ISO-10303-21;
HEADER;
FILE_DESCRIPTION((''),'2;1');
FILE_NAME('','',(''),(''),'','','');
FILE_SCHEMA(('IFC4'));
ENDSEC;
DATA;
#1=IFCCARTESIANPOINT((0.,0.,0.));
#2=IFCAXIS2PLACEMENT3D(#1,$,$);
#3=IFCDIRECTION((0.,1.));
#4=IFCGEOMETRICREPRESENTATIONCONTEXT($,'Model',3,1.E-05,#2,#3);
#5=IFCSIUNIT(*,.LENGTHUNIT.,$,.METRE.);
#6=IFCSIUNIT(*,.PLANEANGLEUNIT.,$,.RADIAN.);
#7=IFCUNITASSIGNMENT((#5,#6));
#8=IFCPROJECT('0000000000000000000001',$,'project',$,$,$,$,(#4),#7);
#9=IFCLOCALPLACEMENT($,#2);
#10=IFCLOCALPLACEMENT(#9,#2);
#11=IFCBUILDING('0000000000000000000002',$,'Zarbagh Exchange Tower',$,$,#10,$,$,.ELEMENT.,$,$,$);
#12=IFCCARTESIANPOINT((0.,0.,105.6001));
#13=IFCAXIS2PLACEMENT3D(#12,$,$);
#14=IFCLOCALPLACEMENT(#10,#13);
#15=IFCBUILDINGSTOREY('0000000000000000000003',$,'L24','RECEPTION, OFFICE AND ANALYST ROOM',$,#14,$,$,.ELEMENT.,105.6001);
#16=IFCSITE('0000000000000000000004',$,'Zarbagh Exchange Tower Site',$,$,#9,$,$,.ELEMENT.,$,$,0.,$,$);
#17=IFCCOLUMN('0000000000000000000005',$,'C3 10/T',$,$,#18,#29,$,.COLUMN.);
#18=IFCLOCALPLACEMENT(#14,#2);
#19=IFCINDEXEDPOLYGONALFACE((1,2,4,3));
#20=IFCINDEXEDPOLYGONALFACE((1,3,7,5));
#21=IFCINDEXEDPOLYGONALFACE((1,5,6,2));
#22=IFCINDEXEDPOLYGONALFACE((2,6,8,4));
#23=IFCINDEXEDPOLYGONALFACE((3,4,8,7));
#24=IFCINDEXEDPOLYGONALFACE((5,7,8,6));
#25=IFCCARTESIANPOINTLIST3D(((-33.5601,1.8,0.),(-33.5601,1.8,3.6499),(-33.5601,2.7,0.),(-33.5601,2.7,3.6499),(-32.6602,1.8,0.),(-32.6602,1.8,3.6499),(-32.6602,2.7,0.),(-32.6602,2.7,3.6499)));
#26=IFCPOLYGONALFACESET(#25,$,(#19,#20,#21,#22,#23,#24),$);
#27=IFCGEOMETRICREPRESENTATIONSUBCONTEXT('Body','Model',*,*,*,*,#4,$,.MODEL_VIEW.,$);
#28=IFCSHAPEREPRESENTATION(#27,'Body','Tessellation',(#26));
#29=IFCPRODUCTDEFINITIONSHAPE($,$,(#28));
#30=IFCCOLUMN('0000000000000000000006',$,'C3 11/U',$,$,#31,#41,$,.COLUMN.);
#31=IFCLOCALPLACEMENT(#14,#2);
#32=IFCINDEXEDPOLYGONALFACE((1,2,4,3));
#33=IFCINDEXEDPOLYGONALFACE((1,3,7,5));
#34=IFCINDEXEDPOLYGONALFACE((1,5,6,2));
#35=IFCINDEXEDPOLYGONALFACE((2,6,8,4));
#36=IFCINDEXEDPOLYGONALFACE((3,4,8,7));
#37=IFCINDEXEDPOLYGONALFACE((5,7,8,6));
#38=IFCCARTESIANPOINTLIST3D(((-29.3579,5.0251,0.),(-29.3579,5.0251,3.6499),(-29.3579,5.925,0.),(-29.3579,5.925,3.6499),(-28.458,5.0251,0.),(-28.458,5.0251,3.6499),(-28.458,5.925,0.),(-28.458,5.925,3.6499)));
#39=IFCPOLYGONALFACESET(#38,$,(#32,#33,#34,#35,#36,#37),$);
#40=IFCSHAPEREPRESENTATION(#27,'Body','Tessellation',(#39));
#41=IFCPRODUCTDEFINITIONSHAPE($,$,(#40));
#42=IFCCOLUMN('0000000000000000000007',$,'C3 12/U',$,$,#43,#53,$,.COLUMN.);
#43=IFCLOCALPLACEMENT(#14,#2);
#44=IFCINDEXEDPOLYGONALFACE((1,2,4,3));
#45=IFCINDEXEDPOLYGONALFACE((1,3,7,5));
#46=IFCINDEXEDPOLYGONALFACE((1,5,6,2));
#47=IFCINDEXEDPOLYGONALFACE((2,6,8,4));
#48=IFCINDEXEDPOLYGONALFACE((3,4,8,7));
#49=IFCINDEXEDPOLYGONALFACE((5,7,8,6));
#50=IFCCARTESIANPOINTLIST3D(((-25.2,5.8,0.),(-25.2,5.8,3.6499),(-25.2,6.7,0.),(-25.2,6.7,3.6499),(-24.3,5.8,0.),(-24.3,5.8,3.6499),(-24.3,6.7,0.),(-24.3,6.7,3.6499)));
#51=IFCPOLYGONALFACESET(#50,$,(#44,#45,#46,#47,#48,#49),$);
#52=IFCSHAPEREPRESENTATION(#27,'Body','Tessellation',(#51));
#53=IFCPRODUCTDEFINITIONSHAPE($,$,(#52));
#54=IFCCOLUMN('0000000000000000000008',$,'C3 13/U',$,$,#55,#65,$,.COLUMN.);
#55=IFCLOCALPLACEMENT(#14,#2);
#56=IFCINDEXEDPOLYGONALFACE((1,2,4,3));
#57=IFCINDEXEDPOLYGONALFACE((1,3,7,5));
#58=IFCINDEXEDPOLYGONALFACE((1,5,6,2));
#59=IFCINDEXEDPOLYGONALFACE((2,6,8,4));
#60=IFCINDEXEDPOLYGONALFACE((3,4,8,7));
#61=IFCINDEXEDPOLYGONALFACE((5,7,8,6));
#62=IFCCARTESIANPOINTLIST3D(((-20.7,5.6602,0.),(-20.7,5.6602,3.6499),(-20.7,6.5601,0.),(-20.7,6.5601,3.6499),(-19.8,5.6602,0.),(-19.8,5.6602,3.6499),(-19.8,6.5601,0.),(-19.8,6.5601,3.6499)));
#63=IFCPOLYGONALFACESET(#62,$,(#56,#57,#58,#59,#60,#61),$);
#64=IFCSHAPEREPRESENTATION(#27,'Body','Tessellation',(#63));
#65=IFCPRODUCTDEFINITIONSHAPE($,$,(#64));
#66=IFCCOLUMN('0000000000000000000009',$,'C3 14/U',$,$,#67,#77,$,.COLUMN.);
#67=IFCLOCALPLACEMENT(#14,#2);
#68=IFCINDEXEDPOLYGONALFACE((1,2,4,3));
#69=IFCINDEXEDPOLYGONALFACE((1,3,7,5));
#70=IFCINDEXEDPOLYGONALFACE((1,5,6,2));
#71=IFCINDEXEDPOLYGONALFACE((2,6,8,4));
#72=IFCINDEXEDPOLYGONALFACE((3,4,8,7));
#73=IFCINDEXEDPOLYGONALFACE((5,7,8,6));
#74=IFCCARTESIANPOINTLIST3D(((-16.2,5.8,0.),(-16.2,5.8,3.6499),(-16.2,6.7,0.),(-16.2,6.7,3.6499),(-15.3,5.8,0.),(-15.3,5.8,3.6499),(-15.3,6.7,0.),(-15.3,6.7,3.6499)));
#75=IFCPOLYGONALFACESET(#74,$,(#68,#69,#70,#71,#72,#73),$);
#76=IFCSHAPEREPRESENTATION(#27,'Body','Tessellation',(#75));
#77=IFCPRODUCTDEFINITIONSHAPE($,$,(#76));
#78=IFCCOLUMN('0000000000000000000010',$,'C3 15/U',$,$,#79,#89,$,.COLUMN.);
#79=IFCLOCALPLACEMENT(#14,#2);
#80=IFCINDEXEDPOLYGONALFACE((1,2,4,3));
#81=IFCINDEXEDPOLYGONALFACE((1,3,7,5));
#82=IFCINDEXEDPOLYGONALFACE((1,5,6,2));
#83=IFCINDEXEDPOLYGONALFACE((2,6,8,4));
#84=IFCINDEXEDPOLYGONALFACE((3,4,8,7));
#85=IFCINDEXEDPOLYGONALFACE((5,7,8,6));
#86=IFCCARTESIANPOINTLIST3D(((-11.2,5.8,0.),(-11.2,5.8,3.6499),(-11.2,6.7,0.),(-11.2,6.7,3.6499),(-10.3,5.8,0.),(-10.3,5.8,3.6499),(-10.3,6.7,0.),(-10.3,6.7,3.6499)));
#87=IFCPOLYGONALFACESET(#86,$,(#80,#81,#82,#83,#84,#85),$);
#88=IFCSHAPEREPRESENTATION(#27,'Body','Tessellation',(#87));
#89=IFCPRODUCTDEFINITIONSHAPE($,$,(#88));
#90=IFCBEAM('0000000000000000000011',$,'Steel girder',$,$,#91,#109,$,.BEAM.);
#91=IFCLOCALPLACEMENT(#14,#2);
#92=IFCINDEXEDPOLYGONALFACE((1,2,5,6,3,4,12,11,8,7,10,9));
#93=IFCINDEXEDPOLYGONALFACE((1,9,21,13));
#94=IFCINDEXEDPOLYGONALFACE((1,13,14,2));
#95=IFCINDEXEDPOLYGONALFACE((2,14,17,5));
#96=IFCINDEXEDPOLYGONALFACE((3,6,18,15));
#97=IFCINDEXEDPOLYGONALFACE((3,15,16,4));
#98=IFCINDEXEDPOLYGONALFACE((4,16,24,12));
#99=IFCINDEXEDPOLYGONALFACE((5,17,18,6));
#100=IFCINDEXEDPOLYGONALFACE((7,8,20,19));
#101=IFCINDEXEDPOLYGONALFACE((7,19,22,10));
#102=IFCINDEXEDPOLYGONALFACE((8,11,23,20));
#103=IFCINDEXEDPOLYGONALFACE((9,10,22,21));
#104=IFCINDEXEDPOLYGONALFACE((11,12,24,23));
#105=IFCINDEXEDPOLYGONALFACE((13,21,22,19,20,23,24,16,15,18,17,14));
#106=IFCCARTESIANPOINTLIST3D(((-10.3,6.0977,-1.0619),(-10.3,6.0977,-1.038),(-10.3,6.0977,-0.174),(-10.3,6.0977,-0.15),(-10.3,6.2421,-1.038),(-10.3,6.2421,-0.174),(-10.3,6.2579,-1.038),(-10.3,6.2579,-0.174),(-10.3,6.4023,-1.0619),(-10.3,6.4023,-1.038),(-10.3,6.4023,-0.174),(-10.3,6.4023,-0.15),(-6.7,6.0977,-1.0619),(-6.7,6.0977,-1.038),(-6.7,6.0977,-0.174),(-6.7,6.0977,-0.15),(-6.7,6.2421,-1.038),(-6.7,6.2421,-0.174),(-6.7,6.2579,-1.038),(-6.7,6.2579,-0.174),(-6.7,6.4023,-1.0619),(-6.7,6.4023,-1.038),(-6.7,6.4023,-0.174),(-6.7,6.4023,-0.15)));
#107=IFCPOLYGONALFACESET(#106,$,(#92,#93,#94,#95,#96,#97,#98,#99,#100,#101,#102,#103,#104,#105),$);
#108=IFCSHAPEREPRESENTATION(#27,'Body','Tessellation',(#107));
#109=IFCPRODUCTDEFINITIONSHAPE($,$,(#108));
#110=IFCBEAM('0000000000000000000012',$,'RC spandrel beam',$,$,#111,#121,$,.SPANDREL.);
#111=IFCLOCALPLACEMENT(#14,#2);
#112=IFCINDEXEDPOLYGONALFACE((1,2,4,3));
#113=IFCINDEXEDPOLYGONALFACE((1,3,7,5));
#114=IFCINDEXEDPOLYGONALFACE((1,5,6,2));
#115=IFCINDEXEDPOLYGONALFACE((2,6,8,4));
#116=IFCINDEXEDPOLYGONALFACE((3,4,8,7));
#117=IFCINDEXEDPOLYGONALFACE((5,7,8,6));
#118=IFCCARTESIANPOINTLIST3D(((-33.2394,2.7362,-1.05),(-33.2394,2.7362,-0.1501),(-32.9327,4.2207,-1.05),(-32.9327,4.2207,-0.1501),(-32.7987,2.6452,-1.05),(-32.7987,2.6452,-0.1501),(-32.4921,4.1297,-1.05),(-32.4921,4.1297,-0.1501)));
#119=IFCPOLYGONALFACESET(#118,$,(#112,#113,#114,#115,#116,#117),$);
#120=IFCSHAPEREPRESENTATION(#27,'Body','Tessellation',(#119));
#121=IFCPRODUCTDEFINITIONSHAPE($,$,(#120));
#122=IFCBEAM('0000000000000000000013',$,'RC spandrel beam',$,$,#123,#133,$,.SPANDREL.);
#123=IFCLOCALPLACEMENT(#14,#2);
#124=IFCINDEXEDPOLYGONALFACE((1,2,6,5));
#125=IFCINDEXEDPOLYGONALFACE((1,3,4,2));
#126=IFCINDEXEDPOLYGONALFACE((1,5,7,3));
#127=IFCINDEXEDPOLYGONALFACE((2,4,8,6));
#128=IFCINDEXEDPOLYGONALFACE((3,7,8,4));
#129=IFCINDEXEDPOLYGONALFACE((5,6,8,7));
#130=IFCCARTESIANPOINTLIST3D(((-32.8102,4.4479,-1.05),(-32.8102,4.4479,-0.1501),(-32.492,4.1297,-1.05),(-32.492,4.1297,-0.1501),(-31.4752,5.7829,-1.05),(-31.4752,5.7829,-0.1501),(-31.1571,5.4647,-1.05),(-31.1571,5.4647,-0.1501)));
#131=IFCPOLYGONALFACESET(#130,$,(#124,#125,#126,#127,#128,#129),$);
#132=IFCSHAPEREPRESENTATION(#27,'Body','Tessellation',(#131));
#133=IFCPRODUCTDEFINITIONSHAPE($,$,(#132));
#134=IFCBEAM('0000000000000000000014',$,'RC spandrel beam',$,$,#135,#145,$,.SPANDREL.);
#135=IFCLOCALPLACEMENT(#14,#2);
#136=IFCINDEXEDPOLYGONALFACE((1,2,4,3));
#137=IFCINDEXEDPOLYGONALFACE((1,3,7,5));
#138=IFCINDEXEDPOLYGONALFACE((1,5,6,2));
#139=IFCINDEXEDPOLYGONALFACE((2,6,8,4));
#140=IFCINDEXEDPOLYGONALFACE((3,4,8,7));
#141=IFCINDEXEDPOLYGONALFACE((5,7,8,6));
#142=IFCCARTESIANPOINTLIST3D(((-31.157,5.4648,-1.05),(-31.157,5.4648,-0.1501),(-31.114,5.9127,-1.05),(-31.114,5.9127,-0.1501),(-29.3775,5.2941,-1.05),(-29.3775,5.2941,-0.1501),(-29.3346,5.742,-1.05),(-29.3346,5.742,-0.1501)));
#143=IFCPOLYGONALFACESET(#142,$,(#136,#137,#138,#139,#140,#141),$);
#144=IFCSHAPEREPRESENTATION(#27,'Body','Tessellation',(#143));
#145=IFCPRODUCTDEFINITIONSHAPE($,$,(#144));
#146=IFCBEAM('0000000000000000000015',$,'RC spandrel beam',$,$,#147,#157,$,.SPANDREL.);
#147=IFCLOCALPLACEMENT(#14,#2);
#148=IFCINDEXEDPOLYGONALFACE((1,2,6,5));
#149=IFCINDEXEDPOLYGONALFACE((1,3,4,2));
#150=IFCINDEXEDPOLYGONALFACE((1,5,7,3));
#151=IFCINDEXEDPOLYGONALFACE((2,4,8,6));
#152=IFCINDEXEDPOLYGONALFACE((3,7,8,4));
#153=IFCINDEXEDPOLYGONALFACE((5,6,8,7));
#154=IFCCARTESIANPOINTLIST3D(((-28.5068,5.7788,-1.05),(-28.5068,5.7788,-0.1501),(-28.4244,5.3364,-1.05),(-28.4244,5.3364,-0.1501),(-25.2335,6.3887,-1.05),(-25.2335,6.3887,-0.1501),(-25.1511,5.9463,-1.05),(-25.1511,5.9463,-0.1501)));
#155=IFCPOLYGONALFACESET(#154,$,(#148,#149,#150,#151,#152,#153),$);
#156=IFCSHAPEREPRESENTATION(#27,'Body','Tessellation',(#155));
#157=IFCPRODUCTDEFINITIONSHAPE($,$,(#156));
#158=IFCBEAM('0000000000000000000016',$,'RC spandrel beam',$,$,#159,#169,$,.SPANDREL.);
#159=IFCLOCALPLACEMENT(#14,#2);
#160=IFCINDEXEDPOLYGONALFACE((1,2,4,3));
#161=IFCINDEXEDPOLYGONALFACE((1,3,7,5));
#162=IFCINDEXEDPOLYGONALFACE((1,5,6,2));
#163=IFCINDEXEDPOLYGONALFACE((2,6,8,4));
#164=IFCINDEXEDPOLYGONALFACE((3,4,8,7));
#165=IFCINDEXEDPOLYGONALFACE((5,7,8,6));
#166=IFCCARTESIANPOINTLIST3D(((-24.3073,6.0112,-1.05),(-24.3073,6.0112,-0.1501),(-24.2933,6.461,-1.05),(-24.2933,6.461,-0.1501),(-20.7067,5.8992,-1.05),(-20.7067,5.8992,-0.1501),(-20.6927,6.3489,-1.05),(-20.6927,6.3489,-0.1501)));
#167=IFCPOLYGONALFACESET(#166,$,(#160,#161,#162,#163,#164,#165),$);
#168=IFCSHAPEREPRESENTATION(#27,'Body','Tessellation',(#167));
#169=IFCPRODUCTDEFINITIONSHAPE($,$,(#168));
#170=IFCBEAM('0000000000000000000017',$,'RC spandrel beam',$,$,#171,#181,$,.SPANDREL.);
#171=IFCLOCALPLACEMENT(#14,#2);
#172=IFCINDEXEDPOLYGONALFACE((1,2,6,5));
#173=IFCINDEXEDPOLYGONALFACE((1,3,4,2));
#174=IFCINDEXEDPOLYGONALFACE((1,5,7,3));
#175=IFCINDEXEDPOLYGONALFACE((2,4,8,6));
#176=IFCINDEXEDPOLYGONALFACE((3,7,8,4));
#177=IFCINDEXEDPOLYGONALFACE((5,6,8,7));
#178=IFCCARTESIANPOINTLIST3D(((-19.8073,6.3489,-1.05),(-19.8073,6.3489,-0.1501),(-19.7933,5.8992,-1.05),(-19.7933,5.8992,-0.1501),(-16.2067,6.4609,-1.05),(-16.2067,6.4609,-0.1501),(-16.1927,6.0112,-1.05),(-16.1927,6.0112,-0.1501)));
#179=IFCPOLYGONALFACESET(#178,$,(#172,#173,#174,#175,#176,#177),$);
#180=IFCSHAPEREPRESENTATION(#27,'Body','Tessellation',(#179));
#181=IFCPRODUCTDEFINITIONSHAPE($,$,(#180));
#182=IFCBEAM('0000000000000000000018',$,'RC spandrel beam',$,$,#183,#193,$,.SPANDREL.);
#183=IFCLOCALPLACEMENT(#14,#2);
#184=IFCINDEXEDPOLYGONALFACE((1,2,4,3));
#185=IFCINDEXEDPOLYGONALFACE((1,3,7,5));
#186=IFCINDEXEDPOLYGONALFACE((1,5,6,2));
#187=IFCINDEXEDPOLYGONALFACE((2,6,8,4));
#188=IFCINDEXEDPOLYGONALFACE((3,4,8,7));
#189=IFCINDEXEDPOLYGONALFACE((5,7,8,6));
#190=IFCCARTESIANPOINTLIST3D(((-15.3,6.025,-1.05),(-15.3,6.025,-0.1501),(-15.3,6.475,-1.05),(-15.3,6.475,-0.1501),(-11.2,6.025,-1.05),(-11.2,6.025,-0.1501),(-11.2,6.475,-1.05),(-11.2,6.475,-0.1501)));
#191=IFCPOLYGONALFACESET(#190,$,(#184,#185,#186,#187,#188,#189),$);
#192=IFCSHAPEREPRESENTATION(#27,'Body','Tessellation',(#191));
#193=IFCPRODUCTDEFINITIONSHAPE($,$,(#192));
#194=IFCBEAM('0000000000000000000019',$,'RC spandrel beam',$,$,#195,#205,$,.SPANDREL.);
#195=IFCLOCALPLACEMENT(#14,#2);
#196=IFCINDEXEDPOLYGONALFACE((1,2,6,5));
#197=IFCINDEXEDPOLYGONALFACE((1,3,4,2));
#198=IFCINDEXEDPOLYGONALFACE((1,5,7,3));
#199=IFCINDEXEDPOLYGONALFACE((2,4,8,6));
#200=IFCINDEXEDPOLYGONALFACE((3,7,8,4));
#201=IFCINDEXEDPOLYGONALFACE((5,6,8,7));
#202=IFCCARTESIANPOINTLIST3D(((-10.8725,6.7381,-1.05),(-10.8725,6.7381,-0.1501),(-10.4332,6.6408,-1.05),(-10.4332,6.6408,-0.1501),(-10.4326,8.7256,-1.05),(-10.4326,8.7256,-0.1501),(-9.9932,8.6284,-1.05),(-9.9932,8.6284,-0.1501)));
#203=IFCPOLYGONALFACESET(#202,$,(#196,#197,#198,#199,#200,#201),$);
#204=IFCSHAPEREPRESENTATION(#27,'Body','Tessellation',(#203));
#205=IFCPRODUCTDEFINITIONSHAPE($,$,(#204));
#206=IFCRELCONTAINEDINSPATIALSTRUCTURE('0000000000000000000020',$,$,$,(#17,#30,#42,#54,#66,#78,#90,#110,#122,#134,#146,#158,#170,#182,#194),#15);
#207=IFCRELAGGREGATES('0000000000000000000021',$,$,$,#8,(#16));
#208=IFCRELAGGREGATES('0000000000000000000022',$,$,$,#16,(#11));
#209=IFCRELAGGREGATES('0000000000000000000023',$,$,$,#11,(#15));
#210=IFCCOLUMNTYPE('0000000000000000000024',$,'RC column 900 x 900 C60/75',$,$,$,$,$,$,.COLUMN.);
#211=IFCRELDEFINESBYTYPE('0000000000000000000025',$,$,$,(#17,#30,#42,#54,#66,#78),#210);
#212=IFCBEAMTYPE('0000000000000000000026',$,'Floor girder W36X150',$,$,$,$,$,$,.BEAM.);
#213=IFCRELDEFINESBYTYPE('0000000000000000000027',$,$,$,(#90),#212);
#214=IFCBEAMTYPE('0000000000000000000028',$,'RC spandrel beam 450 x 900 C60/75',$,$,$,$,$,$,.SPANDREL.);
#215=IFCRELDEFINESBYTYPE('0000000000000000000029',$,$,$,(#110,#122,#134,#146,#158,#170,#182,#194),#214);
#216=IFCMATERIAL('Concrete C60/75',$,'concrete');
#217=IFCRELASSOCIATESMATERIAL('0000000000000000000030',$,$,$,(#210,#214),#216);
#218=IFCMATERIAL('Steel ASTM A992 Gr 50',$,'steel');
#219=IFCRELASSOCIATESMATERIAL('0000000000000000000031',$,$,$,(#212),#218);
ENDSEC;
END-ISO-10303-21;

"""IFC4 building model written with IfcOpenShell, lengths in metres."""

from ifc_helpers import new_model, si_unit, direction, frame, origin, origin_2d, place, context, subcontext, project, spatial, rectangle, i_section, extrude, material, material_profile, profile_set, type_object, element, save


model = new_model("IFC4")

# Units and contexts
model_context = context("Model", 3, precision=1e-05, world=origin(), true_north=direction((0.0, 1.0)))
body_context = subcontext(model_context, "Body", "Model", "MODEL_VIEW")
ifc_project = project(units=[si_unit("LENGTHUNIT", "METRE"), si_unit("PLANEANGLEUNIT", "RADIAN")], contexts=[model_context])

# Site, building, storey
site_placement = place(None, origin())
site = spatial("IfcSite", under=ifc_project, at=site_placement, Name="Zarbagh Exchange Tower Site", CompositionType="ELEMENT", RefElevation=0.0)
building_placement = place(site_placement, origin())
building = spatial("IfcBuilding", under=site, at=building_placement, Name="Zarbagh Exchange Tower", CompositionType="ELEMENT")
storey_placement = place(building_placement, frame((0.0, 0.0, 105.6001)))
storey = spatial("IfcBuildingStorey", under=building, at=storey_placement, Name="L24", Description="RECEPTION, OFFICE AND ANALYST ROOM", CompositionType="ELEMENT", Elevation=105.6001)

# Columns
ifc_material_1 = material(Name="Concrete C60/75", Category="concrete")
ifc_material_profile_1 = material_profile(ifc_material_1, rectangle(XDim=0.8999, YDim=0.8999, at=origin_2d()), Name="RC column 900 x 900 C60/75")
ifc_profile_set_1 = profile_set([ifc_material_profile_1], Name="Concrete C60/75")
column_type = type_object("IfcColumnType", Name="RC column 900 x 900 C60/75", PredefinedType="COLUMN", material=ifc_profile_set_1)
for number, where, z_axis, x_axis, name in (
    (1, (-33.1101, 2.25, 0.0), (0.0, 0.0, 1.0), (1.0, 0.0, 0.0), "C3 10/T"),
    (2, (-28.908, 5.4751, 0.0), (0.0, 0.0, 1.0), (1.0, 0.0, 0.0), "C3 11/U"),
    (3, (-24.75, 6.25, 0.0), (0.0, 0.0, 1.0), (1.0, 0.0, 0.0), "C3 12/U"),
    (4, (-20.25, 6.1101, 0.0), (0.0, 0.0, 1.0), (1.0, 0.0, 0.0), "C3 13/U"),
    (5, (-15.75, 6.25, 0.0), (0.0, 0.0, 1.0), (1.0, 0.0, 0.0), "C3 14/U"),
    (6, (-10.75, 6.25, 0.0), (0.0, 0.0, 1.0), (1.0, 0.0, 0.0), "C3 15/U"),
):
    element("IfcColumn", number, at=place(storey_placement, frame(where, z_axis=z_axis, x_axis=x_axis)), inside=storey, type_object=column_type, Name=name, PredefinedType="COLUMN", context=body_context, shape_type="SweptSolid", body=[
        extrude(rectangle(XDim=0.8999, YDim=0.8999, at=origin_2d()), origin(), (0.0, 0.0, 1.0), 3.6499),
    ])

# Beams
ifc_material_2 = material(Name="Steel ASTM A992 Gr 50", Category="steel")
ifc_material_profile_2 = material_profile(ifc_material_2, i_section(OverallWidth=0.3047, OverallDepth=0.9119, WebThickness=0.0159, FlangeThickness=0.0239, at=origin_2d()), Name="W36X150")
ifc_profile_set_2 = profile_set([ifc_material_profile_2], Name="Steel ASTM A992 Gr 50")
beam_type_1 = type_object("IfcBeamType", Name="Floor girder W36X150", PredefinedType="BEAM", material=ifc_profile_set_2)
beam_1_placement = place(storey_placement, frame((-10.3, 6.25, -0.606), z_axis=(1.0, 0.0, 0.0), x_axis=(0.0, 1.0, 0.0)))
element("IfcBeam", 7, at=beam_1_placement, inside=storey, type_object=beam_type_1, Name="Steel girder", PredefinedType="BEAM", context=body_context, shape_type="SweptSolid", body=[
    extrude(i_section(OverallWidth=0.3047, OverallDepth=0.9119, WebThickness=0.0159, FlangeThickness=0.0239, at=origin_2d()), origin(), (0.0, 0.0, 1.0), 3.6001),
])
ifc_material_profile_3 = material_profile(ifc_material_1, rectangle(XDim=0.45, YDim=0.8999, at=origin_2d()), Name="RC spandrel beam 450 x 900 C60/75")
ifc_profile_set_3 = profile_set([ifc_material_profile_3], Name="Concrete C60/75")
beam_type_2 = type_object("IfcBeamType", Name="RC spandrel beam 450 x 900 C60/75", PredefinedType="SPANDREL", material=ifc_profile_set_3)
beam_2_placement = place(storey_placement, frame((-33.019, 2.6907, -0.6001), z_axis=(0.202275, 0.979329, 0.0), x_axis=(-0.979329, 0.202275, 0.0)))
element("IfcBeam", 8, at=beam_2_placement, inside=storey, type_object=beam_type_2, Name="RC spandrel beam", PredefinedType="SPANDREL", context=body_context, shape_type="SweptSolid", body=[
    extrude(rectangle(XDim=0.45, YDim=0.8999, at=origin_2d()), origin(), (0.0, 0.0, 1.0), 1.5159),
])
beam_3_placement = place(storey_placement, frame((-32.6511, 4.2888, -0.6001), z_axis=(0.707107, 0.707107, 0.0), x_axis=(-0.707107, 0.707107, 0.0)))
element("IfcBeam", 9, at=beam_3_placement, inside=storey, type_object=beam_type_2, Name="RC spandrel beam", PredefinedType="SPANDREL", context=body_context, shape_type="SweptSolid", body=[
    extrude(rectangle(XDim=0.45, YDim=0.8999, at=origin_2d()), origin(), (0.0, 0.0, 1.0), 1.8879),
])
beam_4_placement = place(storey_placement, frame((-31.1355, 5.6887, -0.6001), z_axis=(0.995433, -0.09546, 0.0), x_axis=(0.09546, 0.995433, 0.0)))
element("IfcBeam", 10, at=beam_4_placement, inside=storey, type_object=beam_type_2, Name="RC spandrel beam", PredefinedType="SPANDREL", context=body_context, shape_type="SweptSolid", body=[
    extrude(rectangle(XDim=0.45, YDim=0.8999, at=origin_2d()), origin(), (0.0, 0.0, 1.0), 1.7876),
])
beam_5_placement = place(storey_placement, frame((-28.4656, 5.5576, -0.6001), z_axis=(0.983082, 0.183168, 0.0), x_axis=(-0.183168, 0.983082, 0.0)))
element("IfcBeam", 11, at=beam_5_placement, inside=storey, type_object=beam_type_2, Name="RC spandrel beam", PredefinedType="SPANDREL", context=body_context, shape_type="SweptSolid", body=[
    extrude(rectangle(XDim=0.45, YDim=0.8999, at=origin_2d()), origin(), (0.0, 0.0, 1.0), 3.3296),
])
for number, where, z_axis, x_axis, name in (
    (12, (-24.3003, 6.2361, -0.6001), (0.999516, -0.031108, 0.0), (0.031108, 0.999516, 0.0), "RC spandrel beam"),
    (13, (-19.8003, 6.124, -0.6001), (0.999516, 0.031108, 0.0), (-0.031108, 0.999516, 0.0), "RC spandrel beam"),
):
    element("IfcBeam", number, at=place(storey_placement, frame(where, z_axis=z_axis, x_axis=x_axis)), inside=storey, type_object=beam_type_2, Name=name, PredefinedType="SPANDREL", context=body_context, shape_type="SweptSolid", body=[
        extrude(rectangle(XDim=0.45, YDim=0.8999, at=origin_2d()), origin(), (0.0, 0.0, 1.0), 3.6023),
    ])
beam_6_placement = place(storey_placement, frame((-15.3, 6.25, -0.6001), z_axis=(1.0, 0.0, 0.0), x_axis=(0.0, 1.0, 0.0)))
element("IfcBeam", 14, at=beam_6_placement, inside=storey, type_object=beam_type_2, Name="RC spandrel beam", PredefinedType="SPANDREL", context=body_context, shape_type="SweptSolid", body=[
    extrude(rectangle(XDim=0.45, YDim=0.8999, at=origin_2d()), origin(), (0.0, 0.0, 1.0), 4.1001),
])
beam_7_placement = place(storey_placement, frame((-10.6528, 6.6895, -0.6001), z_axis=(0.216118, 0.976367, 0.0), x_axis=(-0.976367, 0.216118, 0.0)))
element("IfcBeam", 15, at=beam_7_placement, inside=storey, type_object=beam_type_2, Name="RC spandrel beam", PredefinedType="SPANDREL", context=body_context, shape_type="SweptSolid", body=[
    extrude(rectangle(XDim=0.45, YDim=0.8999, at=origin_2d()), origin(), (0.0, 0.0, 1.0), 2.0356),
])

save(model, "model.ifc")
